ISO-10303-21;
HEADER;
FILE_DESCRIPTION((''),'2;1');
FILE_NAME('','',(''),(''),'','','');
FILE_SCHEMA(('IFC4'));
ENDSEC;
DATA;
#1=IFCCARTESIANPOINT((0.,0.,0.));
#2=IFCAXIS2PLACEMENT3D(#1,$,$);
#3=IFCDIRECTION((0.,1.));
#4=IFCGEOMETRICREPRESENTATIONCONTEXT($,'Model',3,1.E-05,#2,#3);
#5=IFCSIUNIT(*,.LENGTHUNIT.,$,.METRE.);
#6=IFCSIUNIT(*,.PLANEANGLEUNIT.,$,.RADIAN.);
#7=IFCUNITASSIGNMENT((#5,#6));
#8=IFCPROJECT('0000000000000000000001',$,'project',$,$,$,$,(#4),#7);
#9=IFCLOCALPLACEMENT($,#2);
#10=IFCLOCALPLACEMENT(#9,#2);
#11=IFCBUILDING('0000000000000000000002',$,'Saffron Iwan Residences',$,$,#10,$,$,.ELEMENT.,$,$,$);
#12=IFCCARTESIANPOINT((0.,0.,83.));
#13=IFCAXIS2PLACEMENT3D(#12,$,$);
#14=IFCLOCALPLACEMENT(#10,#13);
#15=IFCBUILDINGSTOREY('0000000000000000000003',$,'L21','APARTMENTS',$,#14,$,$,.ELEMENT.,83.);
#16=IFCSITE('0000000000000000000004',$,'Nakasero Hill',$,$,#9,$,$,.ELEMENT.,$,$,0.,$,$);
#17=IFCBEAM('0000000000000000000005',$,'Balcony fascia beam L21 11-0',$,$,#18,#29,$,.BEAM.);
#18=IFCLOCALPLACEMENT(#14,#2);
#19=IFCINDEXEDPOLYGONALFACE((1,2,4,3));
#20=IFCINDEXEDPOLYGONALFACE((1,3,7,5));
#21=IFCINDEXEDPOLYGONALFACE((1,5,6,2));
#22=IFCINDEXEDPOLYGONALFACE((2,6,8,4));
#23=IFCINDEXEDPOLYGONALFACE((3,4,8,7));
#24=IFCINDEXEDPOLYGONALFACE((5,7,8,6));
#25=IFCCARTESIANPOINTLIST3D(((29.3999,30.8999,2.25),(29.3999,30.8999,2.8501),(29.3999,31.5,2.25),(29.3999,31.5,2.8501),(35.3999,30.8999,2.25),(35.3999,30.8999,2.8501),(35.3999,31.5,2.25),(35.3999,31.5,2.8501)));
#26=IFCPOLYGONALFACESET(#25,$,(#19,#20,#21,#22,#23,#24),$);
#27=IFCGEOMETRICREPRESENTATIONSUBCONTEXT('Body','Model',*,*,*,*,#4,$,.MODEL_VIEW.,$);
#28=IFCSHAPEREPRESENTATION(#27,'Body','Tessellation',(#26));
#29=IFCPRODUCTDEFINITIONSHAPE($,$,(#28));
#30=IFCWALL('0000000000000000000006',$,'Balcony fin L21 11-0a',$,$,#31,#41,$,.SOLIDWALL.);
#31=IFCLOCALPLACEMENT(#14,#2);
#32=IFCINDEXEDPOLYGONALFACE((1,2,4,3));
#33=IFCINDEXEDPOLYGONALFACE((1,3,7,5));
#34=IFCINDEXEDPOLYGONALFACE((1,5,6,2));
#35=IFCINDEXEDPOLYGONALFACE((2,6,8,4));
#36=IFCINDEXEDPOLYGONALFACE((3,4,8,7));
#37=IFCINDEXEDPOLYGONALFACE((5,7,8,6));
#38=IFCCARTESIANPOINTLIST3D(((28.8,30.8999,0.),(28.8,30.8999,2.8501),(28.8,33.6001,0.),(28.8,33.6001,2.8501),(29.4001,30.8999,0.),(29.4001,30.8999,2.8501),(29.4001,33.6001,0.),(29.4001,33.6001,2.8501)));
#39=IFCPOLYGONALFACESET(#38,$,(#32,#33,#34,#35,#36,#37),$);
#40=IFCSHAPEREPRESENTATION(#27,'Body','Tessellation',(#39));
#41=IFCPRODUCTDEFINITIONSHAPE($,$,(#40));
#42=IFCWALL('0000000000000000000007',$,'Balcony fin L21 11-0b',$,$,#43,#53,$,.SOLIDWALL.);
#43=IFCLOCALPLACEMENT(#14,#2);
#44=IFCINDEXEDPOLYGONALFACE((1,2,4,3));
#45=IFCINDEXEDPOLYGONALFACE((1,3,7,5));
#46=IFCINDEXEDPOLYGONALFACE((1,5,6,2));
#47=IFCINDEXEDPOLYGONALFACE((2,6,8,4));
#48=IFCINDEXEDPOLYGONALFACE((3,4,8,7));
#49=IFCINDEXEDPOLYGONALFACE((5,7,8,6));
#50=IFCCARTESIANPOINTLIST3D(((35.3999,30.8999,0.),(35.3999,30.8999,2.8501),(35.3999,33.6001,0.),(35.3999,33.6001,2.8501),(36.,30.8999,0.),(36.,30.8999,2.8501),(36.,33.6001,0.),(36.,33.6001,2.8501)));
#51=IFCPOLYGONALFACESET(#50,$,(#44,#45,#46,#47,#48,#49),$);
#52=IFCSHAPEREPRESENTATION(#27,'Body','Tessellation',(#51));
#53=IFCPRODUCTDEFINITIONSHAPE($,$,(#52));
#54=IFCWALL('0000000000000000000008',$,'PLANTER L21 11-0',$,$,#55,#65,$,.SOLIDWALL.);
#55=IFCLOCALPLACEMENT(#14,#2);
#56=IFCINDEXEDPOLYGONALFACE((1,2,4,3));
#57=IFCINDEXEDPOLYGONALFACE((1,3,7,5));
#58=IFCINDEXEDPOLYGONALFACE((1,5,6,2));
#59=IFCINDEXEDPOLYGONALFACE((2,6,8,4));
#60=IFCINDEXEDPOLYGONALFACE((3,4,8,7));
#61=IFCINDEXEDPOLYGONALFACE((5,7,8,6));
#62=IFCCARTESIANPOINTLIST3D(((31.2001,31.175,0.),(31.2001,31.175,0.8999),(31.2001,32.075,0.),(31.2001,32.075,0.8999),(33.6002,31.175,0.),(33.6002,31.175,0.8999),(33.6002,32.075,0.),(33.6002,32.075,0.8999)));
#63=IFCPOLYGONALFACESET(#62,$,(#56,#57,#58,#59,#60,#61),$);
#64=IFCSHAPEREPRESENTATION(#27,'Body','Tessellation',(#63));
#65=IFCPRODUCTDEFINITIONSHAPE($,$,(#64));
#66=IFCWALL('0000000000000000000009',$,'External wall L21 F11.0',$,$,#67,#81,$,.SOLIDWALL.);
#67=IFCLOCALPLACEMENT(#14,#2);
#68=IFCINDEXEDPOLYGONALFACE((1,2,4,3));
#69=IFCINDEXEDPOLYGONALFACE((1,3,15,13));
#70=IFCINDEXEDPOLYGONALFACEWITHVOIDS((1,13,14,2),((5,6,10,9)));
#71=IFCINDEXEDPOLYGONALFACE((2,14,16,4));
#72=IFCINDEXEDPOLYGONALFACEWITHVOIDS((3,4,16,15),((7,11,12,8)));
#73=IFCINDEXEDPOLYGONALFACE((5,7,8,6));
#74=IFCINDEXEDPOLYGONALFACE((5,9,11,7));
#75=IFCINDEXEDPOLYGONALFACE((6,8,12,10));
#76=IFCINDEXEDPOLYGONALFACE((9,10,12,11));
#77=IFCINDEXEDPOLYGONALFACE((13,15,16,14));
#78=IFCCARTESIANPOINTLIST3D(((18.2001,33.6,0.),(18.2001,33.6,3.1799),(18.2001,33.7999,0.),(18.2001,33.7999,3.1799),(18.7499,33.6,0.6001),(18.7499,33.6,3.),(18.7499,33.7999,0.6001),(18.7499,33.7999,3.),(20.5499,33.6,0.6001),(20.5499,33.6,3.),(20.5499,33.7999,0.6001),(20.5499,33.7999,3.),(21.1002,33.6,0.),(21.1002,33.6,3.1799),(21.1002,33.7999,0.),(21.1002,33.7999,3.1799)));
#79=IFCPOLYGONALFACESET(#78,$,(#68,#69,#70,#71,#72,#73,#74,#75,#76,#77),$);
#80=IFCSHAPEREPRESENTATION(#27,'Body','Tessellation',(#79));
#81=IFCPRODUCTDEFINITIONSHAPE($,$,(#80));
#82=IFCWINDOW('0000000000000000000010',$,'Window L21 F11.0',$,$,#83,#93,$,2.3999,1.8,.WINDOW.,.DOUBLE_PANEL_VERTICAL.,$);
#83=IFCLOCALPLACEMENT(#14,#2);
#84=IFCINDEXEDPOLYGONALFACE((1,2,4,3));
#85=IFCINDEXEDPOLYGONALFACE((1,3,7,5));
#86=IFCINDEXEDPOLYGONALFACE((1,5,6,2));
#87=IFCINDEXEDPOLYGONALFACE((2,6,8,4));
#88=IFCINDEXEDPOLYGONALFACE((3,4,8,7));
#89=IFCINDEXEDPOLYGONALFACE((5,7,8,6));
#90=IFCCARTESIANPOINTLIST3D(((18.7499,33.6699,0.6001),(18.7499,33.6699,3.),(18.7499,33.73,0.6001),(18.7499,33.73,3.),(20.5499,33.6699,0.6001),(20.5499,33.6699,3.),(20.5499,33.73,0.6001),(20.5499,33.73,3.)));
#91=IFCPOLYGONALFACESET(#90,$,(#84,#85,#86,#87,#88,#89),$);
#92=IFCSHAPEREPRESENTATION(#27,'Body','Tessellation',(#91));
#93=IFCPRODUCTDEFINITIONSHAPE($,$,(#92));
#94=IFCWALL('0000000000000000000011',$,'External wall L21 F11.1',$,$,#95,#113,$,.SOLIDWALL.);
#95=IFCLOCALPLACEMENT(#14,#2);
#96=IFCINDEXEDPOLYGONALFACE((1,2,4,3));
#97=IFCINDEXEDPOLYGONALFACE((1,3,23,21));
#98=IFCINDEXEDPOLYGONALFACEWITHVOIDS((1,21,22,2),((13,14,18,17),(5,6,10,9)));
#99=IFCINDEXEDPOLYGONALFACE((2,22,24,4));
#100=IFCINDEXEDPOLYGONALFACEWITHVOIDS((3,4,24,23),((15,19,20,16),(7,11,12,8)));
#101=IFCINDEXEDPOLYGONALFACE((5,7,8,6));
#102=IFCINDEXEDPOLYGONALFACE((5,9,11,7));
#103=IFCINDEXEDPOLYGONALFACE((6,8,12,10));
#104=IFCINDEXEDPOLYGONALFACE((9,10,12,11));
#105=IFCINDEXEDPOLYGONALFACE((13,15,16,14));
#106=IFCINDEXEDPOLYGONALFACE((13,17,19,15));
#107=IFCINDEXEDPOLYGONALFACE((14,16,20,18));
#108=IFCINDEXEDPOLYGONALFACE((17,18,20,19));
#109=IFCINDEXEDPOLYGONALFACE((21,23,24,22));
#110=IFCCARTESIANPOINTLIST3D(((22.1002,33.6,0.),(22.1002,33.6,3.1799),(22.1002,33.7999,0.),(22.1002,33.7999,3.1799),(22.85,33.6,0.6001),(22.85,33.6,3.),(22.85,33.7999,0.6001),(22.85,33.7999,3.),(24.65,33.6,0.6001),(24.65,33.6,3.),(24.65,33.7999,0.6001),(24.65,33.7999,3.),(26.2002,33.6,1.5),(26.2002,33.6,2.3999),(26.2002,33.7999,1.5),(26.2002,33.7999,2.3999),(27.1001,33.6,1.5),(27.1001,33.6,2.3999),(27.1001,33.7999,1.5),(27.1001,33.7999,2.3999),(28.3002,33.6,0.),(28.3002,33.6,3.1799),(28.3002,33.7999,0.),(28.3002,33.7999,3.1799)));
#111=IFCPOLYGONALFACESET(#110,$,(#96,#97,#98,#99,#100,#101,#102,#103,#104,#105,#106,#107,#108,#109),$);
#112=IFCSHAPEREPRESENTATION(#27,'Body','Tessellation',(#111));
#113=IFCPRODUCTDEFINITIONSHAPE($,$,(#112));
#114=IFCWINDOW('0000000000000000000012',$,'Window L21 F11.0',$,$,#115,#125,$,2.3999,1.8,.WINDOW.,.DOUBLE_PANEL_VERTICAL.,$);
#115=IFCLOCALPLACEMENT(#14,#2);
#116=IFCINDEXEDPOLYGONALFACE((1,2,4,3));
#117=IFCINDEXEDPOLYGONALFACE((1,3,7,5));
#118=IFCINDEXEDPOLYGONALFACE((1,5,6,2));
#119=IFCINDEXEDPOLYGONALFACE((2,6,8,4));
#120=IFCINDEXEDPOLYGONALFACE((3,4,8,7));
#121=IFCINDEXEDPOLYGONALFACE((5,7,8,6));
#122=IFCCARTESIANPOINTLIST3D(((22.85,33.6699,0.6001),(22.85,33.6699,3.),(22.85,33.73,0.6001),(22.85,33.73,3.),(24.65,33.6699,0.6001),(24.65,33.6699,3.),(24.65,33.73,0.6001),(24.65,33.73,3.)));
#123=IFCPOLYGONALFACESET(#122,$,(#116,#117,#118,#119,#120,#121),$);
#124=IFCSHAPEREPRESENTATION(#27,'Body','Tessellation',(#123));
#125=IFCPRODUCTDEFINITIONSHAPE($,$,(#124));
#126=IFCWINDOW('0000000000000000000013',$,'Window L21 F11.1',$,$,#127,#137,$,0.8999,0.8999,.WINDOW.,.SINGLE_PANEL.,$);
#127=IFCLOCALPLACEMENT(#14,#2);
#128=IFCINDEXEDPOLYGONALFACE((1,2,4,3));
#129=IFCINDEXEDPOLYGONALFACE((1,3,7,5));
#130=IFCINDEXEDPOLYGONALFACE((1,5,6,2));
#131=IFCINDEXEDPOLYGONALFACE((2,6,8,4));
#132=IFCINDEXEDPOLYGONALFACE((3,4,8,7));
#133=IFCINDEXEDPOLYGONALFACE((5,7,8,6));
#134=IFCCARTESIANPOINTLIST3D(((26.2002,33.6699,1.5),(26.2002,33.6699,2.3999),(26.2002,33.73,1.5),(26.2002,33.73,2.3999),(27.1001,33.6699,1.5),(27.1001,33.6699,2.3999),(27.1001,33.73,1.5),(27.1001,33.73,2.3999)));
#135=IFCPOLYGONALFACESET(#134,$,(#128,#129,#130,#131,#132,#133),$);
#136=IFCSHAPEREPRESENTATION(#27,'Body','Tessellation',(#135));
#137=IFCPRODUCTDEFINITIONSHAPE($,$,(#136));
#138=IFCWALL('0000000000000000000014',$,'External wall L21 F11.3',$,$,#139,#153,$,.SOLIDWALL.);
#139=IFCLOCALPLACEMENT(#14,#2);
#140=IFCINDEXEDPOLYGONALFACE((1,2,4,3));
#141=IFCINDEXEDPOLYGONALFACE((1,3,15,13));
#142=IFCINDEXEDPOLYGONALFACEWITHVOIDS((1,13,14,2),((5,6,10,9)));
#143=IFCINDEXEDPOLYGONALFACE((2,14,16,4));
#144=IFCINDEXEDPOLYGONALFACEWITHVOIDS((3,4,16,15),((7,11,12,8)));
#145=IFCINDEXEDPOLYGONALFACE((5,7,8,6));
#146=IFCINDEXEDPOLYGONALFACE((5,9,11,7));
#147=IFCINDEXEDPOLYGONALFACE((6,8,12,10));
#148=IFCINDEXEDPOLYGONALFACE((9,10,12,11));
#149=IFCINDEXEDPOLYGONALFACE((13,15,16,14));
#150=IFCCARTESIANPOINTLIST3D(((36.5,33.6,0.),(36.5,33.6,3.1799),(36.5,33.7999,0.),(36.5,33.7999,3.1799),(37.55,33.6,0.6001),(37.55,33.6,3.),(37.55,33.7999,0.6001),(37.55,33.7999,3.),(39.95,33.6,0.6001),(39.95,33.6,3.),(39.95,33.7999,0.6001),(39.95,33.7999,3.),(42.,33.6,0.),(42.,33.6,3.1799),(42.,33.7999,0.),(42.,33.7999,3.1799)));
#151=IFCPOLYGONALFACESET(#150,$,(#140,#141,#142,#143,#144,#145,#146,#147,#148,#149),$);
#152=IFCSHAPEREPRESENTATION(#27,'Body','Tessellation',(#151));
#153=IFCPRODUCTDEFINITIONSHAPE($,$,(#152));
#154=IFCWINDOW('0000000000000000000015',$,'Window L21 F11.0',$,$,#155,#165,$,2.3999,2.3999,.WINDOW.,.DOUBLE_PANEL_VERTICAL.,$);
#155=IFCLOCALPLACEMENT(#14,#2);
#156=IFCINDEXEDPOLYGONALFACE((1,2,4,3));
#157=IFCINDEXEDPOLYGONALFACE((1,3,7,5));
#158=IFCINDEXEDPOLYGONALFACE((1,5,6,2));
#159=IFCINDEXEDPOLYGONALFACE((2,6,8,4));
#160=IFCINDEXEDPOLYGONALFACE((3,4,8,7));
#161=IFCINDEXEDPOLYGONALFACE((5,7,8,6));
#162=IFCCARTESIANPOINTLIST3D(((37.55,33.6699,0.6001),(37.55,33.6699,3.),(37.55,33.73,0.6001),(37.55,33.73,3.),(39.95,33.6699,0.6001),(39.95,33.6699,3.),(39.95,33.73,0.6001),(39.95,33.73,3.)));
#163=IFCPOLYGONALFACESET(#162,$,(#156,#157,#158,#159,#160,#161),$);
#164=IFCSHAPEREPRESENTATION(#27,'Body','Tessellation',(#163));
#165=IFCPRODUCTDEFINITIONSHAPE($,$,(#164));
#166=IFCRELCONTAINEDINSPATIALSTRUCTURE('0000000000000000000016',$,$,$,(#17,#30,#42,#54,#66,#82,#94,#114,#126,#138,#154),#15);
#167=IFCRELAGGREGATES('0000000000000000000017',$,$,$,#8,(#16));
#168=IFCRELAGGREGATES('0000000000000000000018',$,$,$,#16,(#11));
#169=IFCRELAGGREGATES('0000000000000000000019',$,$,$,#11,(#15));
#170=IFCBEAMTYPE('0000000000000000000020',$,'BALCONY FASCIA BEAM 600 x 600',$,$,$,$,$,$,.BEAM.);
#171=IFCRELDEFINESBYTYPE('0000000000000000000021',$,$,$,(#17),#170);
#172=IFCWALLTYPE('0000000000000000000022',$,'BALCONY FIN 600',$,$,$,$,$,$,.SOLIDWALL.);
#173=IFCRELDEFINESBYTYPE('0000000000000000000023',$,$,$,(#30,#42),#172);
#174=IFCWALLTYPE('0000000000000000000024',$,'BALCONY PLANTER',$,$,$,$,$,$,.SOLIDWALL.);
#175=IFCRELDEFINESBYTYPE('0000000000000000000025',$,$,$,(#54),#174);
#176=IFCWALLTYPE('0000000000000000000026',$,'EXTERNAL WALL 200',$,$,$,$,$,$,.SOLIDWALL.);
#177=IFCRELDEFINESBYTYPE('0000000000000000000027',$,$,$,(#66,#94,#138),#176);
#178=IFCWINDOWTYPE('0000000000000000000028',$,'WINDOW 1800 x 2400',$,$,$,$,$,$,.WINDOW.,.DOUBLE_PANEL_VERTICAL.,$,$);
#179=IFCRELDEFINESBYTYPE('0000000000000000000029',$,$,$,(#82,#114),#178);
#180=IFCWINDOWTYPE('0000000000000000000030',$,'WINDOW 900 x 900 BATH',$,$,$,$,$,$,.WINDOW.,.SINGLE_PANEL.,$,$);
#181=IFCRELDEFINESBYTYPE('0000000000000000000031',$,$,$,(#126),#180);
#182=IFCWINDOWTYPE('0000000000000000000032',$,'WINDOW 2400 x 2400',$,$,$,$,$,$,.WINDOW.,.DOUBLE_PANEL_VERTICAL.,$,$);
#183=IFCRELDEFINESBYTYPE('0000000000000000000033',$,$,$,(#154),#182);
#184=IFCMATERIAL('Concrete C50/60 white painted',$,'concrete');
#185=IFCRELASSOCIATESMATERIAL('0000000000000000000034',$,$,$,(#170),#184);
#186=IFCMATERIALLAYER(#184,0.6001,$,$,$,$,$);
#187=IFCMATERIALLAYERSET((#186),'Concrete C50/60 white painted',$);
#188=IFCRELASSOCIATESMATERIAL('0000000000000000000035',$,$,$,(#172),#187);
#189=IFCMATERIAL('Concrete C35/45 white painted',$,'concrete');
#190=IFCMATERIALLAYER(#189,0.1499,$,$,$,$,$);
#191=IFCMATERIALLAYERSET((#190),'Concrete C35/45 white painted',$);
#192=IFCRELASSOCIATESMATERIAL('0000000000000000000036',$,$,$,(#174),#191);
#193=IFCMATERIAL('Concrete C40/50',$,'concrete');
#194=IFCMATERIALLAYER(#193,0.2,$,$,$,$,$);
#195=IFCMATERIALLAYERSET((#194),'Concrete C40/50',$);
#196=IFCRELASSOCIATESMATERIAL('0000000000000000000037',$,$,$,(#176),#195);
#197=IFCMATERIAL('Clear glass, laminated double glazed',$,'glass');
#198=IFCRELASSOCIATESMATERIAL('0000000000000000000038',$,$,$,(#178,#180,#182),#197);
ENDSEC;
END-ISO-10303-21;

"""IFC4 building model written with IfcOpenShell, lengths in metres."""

from ifc_helpers import new_model, si_unit, direction, frame, frame_2d, origin, origin_2d, place, context, subcontext, project, spatial, rectangle, extrude, source, transform, mapped, material, layer, layer_set, material_profile, profile_set, type_object, element, fill, save


model = new_model("IFC4")

# Units and contexts
model_context = context("Model", 3, precision=1e-05, world=origin(), true_north=direction((0.0, 1.0)))
body_context = subcontext(model_context, "Body", "Model", "MODEL_VIEW")
ifc_project = project(units=[si_unit("LENGTHUNIT", "METRE"), si_unit("PLANEANGLEUNIT", "RADIAN")], contexts=[model_context])

# Site, building, storey
site_placement = place(None, origin())
site = spatial("IfcSite", under=ifc_project, at=site_placement, Name="Nakasero Hill", CompositionType="ELEMENT", RefElevation=0.0)
building_placement = place(site_placement, origin())
building = spatial("IfcBuilding", under=site, at=building_placement, Name="Saffron Iwan Residences", CompositionType="ELEMENT")
storey_placement = place(building_placement, frame((0.0, 0.0, 83.0)))
storey = spatial("IfcBuildingStorey", under=building, at=storey_placement, Name="L21", Description="APARTMENTS", CompositionType="ELEMENT", Elevation=83.0)

# Beam
ifc_material_1 = material(Name="Concrete C50/60 white painted", Category="concrete")
ifc_material_profile = material_profile(ifc_material_1, rectangle(XDim=0.6001, YDim=0.6001, at=origin_2d()), Name="BALCONY FASCIA BEAM 600 x 600")
ifc_profile_set = profile_set([ifc_material_profile], Name="Concrete C50/60 white painted")
beam_type = type_object("IfcBeamType", Name="BALCONY FASCIA BEAM 600 x 600", PredefinedType="BEAM", material=ifc_profile_set)
shared_shape = source(origin(), body_context, "Body", "SweptSolid", [
    extrude(rectangle(XDim=0.6001, YDim=0.6001, at=origin_2d()), origin(), (0.0, 0.0, 1.0), 6.0),
])
beam_placement = place(storey_placement, frame((29.3999, 31.2, 2.55), z_axis=(1.0, 0.0, 0.0), x_axis=(0.0, 1.0, 0.0)))
element("IfcBeam", 1, at=beam_placement, inside=storey, type_object=beam_type, Name="Balcony fascia beam L21 11-0", PredefinedType="BEAM", context=body_context, shape_type="MappedRepresentation", body=[
    mapped(shared_shape, transform((0.0, 0.0, 0.0))),
])

# Walls
ifc_layer_1 = layer(ifc_material_1, 0.6001)
ifc_layer_set_1 = layer_set([ifc_layer_1], Name="Concrete C50/60 white painted")
wall_type_1 = type_object("IfcWallType", Name="BALCONY FIN 600", PredefinedType="SOLIDWALL", material=ifc_layer_set_1)
for number, where, z_axis, x_axis, name in (
    (2, (29.1001, 33.6001, 0.0), (0.0, 0.0, 1.0), (0.0, -1.0, 0.0), "Balcony fin L21 11-0a"),
    (3, (35.7, 33.6001, 0.0), (0.0, 0.0, 1.0), (0.0, -1.0, 0.0), "Balcony fin L21 11-0b"),
):
    element("IfcWall", number, at=place(storey_placement, frame(where, z_axis=z_axis, x_axis=x_axis)), inside=storey, type_object=wall_type_1, Name=name, PredefinedType="SOLIDWALL", context=body_context, shape_type="SweptSolid", body=[
        extrude(rectangle(XDim=2.7002, YDim=0.6001, at=frame_2d((1.3501, 0.0))), origin(), (0.0, 0.0, 1.0), 2.8501),
    ])
ifc_material_2 = material(Name="Concrete C35/45 white painted", Category="concrete")
ifc_layer_2 = layer(ifc_material_2, 0.1499)
ifc_layer_set_2 = layer_set([ifc_layer_2], Name="Concrete C35/45 white painted")
wall_type_2 = type_object("IfcWallType", Name="BALCONY PLANTER", PredefinedType="SOLIDWALL", material=ifc_layer_set_2)
wall_1_placement = place(storey_placement, frame((31.2, 31.625, 0.0), z_axis=(0.0, 0.0, 1.0), x_axis=(1.0, 0.0, 0.0)))
element("IfcWall", 4, at=wall_1_placement, inside=storey, type_object=wall_type_2, Name="PLANTER L21 11-0", PredefinedType="SOLIDWALL", context=body_context, shape_type="SweptSolid", body=[
    extrude(rectangle(XDim=2.4001, YDim=0.8999, at=frame_2d((1.2002, 0.0))), origin(), (0.0, 0.0, 1.0), 0.8999),
])

# Wall, opening, window
ifc_material_3 = material(Name="Concrete C40/50", Category="concrete")
ifc_layer_3 = layer(ifc_material_3, 0.2)
ifc_layer_set_3 = layer_set([ifc_layer_3], Name="Concrete C40/50")
wall_type_3 = type_object("IfcWallType", Name="EXTERNAL WALL 200", PredefinedType="SOLIDWALL", material=ifc_layer_set_3)
wall_2_placement = place(storey_placement, frame((18.2, 33.7, 0.0), z_axis=(0.0, 0.0, 1.0), x_axis=(1.0, 0.0, 0.0)))
wall_2 = element("IfcWall", 5, at=wall_2_placement, inside=storey, type_object=wall_type_3, Name="External wall L21 F11.0", PredefinedType="SOLIDWALL", context=body_context, shape_type="SweptSolid", body=[
    extrude(rectangle(XDim=2.9001, YDim=0.2, at=frame_2d((1.4502, 0.0))), origin(), (0.0, 0.0, 1.0), 3.1799),
])
opening_1_placement = place(wall_2_placement, frame((0.55, 0.0, 0.6001)))
opening_1 = element("IfcOpeningElement", 6, at=opening_1_placement, cuts=wall_2, PredefinedType="OPENING", context=body_context, shape_type="SweptSolid", body=[
    extrude(rectangle(XDim=1.8, YDim=2.3999, at=frame_2d((0.8999, 1.2))), frame((0.0, 0.1099, 0.0), z_axis=(0.0, -1.0, 0.0), x_axis=(1.0, 0.0, 0.0)), (0.0, 0.0, 1.0), 0.22),
])
ifc_material_4 = material(Name="Clear glass, laminated double glazed", Category="glass")
window_type_1 = type_object("IfcWindowType", Name="WINDOW 1800 x 2400", PartitioningType="DOUBLE_PANEL_VERTICAL", PredefinedType="WINDOW", material=ifc_material_4)
window_1_placement = place(opening_1_placement, origin())
window_1 = element("IfcWindow", 7, at=window_1_placement, inside=storey, type_object=window_type_1, Name="Window L21 F11.0", OverallHeight=2.3999, OverallWidth=1.8, PartitioningType="DOUBLE_PANEL_VERTICAL", PredefinedType="WINDOW", context=body_context, shape_type="SweptSolid", body=[
    extrude(rectangle(XDim=1.8, YDim=2.3999, at=frame_2d((0.8999, 1.2))), frame((0.0, 0.03, 0.0), z_axis=(0.0, -1.0, 0.0), x_axis=(1.0, 0.0, 0.0)), (0.0, 0.0, 1.0), 0.0601),
])
fill(opening_1, window_1)

# Wall, openings, windows
wall_3_placement = place(storey_placement, frame((22.1001, 33.7, 0.0), z_axis=(0.0, 0.0, 1.0), x_axis=(1.0, 0.0, 0.0)))
wall_3 = element("IfcWall", 8, at=wall_3_placement, inside=storey, type_object=wall_type_3, Name="External wall L21 F11.1", PredefinedType="SOLIDWALL", context=body_context, shape_type="SweptSolid", body=[
    extrude(rectangle(XDim=6.2, YDim=0.2, at=frame_2d((3.1001, 0.0))), origin(), (0.0, 0.0, 1.0), 3.1799),
])
opening_2_placement = place(wall_3_placement, frame((0.75, 0.0, 0.6001)))
opening_2 = element("IfcOpeningElement", 9, at=opening_2_placement, cuts=wall_3, PredefinedType="OPENING", context=body_context, shape_type="SweptSolid", body=[
    extrude(rectangle(XDim=1.8, YDim=2.3999, at=frame_2d((0.8999, 1.2))), frame((0.0, 0.1099, 0.0), z_axis=(0.0, -1.0, 0.0), x_axis=(1.0, 0.0, 0.0)), (0.0, 0.0, 1.0), 0.22),
])
opening_3_placement = place(wall_3_placement, frame((4.1001, 0.0, 1.5)))
opening_3 = element("IfcOpeningElement", 10, at=opening_3_placement, cuts=wall_3, PredefinedType="OPENING", context=body_context, shape_type="SweptSolid", body=[
    extrude(rectangle(XDim=0.8999, YDim=0.8999, at=frame_2d((0.45, 0.45))), frame((0.0, 0.1099, 0.0), z_axis=(0.0, -1.0, 0.0), x_axis=(1.0, 0.0, 0.0)), (0.0, 0.0, 1.0), 0.22),
])
window_2_placement = place(opening_2_placement, origin())
window_2 = element("IfcWindow", 11, at=window_2_placement, inside=storey, type_object=window_type_1, Name="Window L21 F11.0", OverallHeight=2.3999, OverallWidth=1.8, PartitioningType="DOUBLE_PANEL_VERTICAL", PredefinedType="WINDOW", context=body_context, shape_type="SweptSolid", body=[
    extrude(rectangle(XDim=1.8, YDim=2.3999, at=frame_2d((0.8999, 1.2))), frame((0.0, 0.03, 0.0), z_axis=(0.0, -1.0, 0.0), x_axis=(1.0, 0.0, 0.0)), (0.0, 0.0, 1.0), 0.0601),
])
fill(opening_2, window_2)
window_type_2 = type_object("IfcWindowType", Name="WINDOW 900 x 900 BATH", PartitioningType="SINGLE_PANEL", PredefinedType="WINDOW", material=ifc_material_4)
window_3_placement = place(opening_3_placement, origin())
window_3 = element("IfcWindow", 12, at=window_3_placement, inside=storey, type_object=window_type_2, Name="Window L21 F11.1", OverallHeight=0.8999, OverallWidth=0.8999, PartitioningType="SINGLE_PANEL", PredefinedType="WINDOW", context=body_context, shape_type="SweptSolid", body=[
    extrude(rectangle(XDim=0.8999, YDim=0.8999, at=frame_2d((0.45, 0.45))), frame((0.0, 0.03, 0.0), z_axis=(0.0, -1.0, 0.0), x_axis=(1.0, 0.0, 0.0)), (0.0, 0.0, 1.0), 0.0601),
])
fill(opening_3, window_3)

# Wall, opening, window
wall_4_placement = place(storey_placement, frame((36.5, 33.7, 0.0), z_axis=(0.0, 0.0, 1.0), x_axis=(1.0, 0.0, 0.0)))
wall_4 = element("IfcWall", 13, at=wall_4_placement, inside=storey, type_object=wall_type_3, Name="External wall L21 F11.3", PredefinedType="SOLIDWALL", context=body_context, shape_type="SweptSolid", body=[
    extrude(rectangle(XDim=5.5, YDim=0.2, at=frame_2d((2.75, 0.0))), origin(), (0.0, 0.0, 1.0), 3.1799),
])
opening_4_placement = place(wall_4_placement, frame((1.05, 0.0, 0.6001)))
opening_4 = element("IfcOpeningElement", 14, at=opening_4_placement, cuts=wall_4, PredefinedType="OPENING", context=body_context, shape_type="SweptSolid", body=[
    extrude(rectangle(XDim=2.3999, YDim=2.3999, at=frame_2d((1.2, 1.2))), frame((0.0, 0.1099, 0.0), z_axis=(0.0, -1.0, 0.0), x_axis=(1.0, 0.0, 0.0)), (0.0, 0.0, 1.0), 0.22),
])
window_type_3 = type_object("IfcWindowType", Name="WINDOW 2400 x 2400", PartitioningType="DOUBLE_PANEL_VERTICAL", PredefinedType="WINDOW", material=ifc_material_4)
window_4_placement = place(opening_4_placement, origin())
window_4 = element("IfcWindow", 15, at=window_4_placement, inside=storey, type_object=window_type_3, Name="Window L21 F11.0", OverallHeight=2.3999, OverallWidth=2.3999, PartitioningType="DOUBLE_PANEL_VERTICAL", PredefinedType="WINDOW", context=body_context, shape_type="SweptSolid", body=[
    extrude(rectangle(XDim=2.3999, YDim=2.3999, at=frame_2d((1.2, 1.2))), frame((0.0, 0.03, 0.0), z_axis=(0.0, -1.0, 0.0), x_axis=(1.0, 0.0, 0.0)), (0.0, 0.0, 1.0), 0.0601),
])
fill(opening_4, window_4)

save(model, "model.ifc")
